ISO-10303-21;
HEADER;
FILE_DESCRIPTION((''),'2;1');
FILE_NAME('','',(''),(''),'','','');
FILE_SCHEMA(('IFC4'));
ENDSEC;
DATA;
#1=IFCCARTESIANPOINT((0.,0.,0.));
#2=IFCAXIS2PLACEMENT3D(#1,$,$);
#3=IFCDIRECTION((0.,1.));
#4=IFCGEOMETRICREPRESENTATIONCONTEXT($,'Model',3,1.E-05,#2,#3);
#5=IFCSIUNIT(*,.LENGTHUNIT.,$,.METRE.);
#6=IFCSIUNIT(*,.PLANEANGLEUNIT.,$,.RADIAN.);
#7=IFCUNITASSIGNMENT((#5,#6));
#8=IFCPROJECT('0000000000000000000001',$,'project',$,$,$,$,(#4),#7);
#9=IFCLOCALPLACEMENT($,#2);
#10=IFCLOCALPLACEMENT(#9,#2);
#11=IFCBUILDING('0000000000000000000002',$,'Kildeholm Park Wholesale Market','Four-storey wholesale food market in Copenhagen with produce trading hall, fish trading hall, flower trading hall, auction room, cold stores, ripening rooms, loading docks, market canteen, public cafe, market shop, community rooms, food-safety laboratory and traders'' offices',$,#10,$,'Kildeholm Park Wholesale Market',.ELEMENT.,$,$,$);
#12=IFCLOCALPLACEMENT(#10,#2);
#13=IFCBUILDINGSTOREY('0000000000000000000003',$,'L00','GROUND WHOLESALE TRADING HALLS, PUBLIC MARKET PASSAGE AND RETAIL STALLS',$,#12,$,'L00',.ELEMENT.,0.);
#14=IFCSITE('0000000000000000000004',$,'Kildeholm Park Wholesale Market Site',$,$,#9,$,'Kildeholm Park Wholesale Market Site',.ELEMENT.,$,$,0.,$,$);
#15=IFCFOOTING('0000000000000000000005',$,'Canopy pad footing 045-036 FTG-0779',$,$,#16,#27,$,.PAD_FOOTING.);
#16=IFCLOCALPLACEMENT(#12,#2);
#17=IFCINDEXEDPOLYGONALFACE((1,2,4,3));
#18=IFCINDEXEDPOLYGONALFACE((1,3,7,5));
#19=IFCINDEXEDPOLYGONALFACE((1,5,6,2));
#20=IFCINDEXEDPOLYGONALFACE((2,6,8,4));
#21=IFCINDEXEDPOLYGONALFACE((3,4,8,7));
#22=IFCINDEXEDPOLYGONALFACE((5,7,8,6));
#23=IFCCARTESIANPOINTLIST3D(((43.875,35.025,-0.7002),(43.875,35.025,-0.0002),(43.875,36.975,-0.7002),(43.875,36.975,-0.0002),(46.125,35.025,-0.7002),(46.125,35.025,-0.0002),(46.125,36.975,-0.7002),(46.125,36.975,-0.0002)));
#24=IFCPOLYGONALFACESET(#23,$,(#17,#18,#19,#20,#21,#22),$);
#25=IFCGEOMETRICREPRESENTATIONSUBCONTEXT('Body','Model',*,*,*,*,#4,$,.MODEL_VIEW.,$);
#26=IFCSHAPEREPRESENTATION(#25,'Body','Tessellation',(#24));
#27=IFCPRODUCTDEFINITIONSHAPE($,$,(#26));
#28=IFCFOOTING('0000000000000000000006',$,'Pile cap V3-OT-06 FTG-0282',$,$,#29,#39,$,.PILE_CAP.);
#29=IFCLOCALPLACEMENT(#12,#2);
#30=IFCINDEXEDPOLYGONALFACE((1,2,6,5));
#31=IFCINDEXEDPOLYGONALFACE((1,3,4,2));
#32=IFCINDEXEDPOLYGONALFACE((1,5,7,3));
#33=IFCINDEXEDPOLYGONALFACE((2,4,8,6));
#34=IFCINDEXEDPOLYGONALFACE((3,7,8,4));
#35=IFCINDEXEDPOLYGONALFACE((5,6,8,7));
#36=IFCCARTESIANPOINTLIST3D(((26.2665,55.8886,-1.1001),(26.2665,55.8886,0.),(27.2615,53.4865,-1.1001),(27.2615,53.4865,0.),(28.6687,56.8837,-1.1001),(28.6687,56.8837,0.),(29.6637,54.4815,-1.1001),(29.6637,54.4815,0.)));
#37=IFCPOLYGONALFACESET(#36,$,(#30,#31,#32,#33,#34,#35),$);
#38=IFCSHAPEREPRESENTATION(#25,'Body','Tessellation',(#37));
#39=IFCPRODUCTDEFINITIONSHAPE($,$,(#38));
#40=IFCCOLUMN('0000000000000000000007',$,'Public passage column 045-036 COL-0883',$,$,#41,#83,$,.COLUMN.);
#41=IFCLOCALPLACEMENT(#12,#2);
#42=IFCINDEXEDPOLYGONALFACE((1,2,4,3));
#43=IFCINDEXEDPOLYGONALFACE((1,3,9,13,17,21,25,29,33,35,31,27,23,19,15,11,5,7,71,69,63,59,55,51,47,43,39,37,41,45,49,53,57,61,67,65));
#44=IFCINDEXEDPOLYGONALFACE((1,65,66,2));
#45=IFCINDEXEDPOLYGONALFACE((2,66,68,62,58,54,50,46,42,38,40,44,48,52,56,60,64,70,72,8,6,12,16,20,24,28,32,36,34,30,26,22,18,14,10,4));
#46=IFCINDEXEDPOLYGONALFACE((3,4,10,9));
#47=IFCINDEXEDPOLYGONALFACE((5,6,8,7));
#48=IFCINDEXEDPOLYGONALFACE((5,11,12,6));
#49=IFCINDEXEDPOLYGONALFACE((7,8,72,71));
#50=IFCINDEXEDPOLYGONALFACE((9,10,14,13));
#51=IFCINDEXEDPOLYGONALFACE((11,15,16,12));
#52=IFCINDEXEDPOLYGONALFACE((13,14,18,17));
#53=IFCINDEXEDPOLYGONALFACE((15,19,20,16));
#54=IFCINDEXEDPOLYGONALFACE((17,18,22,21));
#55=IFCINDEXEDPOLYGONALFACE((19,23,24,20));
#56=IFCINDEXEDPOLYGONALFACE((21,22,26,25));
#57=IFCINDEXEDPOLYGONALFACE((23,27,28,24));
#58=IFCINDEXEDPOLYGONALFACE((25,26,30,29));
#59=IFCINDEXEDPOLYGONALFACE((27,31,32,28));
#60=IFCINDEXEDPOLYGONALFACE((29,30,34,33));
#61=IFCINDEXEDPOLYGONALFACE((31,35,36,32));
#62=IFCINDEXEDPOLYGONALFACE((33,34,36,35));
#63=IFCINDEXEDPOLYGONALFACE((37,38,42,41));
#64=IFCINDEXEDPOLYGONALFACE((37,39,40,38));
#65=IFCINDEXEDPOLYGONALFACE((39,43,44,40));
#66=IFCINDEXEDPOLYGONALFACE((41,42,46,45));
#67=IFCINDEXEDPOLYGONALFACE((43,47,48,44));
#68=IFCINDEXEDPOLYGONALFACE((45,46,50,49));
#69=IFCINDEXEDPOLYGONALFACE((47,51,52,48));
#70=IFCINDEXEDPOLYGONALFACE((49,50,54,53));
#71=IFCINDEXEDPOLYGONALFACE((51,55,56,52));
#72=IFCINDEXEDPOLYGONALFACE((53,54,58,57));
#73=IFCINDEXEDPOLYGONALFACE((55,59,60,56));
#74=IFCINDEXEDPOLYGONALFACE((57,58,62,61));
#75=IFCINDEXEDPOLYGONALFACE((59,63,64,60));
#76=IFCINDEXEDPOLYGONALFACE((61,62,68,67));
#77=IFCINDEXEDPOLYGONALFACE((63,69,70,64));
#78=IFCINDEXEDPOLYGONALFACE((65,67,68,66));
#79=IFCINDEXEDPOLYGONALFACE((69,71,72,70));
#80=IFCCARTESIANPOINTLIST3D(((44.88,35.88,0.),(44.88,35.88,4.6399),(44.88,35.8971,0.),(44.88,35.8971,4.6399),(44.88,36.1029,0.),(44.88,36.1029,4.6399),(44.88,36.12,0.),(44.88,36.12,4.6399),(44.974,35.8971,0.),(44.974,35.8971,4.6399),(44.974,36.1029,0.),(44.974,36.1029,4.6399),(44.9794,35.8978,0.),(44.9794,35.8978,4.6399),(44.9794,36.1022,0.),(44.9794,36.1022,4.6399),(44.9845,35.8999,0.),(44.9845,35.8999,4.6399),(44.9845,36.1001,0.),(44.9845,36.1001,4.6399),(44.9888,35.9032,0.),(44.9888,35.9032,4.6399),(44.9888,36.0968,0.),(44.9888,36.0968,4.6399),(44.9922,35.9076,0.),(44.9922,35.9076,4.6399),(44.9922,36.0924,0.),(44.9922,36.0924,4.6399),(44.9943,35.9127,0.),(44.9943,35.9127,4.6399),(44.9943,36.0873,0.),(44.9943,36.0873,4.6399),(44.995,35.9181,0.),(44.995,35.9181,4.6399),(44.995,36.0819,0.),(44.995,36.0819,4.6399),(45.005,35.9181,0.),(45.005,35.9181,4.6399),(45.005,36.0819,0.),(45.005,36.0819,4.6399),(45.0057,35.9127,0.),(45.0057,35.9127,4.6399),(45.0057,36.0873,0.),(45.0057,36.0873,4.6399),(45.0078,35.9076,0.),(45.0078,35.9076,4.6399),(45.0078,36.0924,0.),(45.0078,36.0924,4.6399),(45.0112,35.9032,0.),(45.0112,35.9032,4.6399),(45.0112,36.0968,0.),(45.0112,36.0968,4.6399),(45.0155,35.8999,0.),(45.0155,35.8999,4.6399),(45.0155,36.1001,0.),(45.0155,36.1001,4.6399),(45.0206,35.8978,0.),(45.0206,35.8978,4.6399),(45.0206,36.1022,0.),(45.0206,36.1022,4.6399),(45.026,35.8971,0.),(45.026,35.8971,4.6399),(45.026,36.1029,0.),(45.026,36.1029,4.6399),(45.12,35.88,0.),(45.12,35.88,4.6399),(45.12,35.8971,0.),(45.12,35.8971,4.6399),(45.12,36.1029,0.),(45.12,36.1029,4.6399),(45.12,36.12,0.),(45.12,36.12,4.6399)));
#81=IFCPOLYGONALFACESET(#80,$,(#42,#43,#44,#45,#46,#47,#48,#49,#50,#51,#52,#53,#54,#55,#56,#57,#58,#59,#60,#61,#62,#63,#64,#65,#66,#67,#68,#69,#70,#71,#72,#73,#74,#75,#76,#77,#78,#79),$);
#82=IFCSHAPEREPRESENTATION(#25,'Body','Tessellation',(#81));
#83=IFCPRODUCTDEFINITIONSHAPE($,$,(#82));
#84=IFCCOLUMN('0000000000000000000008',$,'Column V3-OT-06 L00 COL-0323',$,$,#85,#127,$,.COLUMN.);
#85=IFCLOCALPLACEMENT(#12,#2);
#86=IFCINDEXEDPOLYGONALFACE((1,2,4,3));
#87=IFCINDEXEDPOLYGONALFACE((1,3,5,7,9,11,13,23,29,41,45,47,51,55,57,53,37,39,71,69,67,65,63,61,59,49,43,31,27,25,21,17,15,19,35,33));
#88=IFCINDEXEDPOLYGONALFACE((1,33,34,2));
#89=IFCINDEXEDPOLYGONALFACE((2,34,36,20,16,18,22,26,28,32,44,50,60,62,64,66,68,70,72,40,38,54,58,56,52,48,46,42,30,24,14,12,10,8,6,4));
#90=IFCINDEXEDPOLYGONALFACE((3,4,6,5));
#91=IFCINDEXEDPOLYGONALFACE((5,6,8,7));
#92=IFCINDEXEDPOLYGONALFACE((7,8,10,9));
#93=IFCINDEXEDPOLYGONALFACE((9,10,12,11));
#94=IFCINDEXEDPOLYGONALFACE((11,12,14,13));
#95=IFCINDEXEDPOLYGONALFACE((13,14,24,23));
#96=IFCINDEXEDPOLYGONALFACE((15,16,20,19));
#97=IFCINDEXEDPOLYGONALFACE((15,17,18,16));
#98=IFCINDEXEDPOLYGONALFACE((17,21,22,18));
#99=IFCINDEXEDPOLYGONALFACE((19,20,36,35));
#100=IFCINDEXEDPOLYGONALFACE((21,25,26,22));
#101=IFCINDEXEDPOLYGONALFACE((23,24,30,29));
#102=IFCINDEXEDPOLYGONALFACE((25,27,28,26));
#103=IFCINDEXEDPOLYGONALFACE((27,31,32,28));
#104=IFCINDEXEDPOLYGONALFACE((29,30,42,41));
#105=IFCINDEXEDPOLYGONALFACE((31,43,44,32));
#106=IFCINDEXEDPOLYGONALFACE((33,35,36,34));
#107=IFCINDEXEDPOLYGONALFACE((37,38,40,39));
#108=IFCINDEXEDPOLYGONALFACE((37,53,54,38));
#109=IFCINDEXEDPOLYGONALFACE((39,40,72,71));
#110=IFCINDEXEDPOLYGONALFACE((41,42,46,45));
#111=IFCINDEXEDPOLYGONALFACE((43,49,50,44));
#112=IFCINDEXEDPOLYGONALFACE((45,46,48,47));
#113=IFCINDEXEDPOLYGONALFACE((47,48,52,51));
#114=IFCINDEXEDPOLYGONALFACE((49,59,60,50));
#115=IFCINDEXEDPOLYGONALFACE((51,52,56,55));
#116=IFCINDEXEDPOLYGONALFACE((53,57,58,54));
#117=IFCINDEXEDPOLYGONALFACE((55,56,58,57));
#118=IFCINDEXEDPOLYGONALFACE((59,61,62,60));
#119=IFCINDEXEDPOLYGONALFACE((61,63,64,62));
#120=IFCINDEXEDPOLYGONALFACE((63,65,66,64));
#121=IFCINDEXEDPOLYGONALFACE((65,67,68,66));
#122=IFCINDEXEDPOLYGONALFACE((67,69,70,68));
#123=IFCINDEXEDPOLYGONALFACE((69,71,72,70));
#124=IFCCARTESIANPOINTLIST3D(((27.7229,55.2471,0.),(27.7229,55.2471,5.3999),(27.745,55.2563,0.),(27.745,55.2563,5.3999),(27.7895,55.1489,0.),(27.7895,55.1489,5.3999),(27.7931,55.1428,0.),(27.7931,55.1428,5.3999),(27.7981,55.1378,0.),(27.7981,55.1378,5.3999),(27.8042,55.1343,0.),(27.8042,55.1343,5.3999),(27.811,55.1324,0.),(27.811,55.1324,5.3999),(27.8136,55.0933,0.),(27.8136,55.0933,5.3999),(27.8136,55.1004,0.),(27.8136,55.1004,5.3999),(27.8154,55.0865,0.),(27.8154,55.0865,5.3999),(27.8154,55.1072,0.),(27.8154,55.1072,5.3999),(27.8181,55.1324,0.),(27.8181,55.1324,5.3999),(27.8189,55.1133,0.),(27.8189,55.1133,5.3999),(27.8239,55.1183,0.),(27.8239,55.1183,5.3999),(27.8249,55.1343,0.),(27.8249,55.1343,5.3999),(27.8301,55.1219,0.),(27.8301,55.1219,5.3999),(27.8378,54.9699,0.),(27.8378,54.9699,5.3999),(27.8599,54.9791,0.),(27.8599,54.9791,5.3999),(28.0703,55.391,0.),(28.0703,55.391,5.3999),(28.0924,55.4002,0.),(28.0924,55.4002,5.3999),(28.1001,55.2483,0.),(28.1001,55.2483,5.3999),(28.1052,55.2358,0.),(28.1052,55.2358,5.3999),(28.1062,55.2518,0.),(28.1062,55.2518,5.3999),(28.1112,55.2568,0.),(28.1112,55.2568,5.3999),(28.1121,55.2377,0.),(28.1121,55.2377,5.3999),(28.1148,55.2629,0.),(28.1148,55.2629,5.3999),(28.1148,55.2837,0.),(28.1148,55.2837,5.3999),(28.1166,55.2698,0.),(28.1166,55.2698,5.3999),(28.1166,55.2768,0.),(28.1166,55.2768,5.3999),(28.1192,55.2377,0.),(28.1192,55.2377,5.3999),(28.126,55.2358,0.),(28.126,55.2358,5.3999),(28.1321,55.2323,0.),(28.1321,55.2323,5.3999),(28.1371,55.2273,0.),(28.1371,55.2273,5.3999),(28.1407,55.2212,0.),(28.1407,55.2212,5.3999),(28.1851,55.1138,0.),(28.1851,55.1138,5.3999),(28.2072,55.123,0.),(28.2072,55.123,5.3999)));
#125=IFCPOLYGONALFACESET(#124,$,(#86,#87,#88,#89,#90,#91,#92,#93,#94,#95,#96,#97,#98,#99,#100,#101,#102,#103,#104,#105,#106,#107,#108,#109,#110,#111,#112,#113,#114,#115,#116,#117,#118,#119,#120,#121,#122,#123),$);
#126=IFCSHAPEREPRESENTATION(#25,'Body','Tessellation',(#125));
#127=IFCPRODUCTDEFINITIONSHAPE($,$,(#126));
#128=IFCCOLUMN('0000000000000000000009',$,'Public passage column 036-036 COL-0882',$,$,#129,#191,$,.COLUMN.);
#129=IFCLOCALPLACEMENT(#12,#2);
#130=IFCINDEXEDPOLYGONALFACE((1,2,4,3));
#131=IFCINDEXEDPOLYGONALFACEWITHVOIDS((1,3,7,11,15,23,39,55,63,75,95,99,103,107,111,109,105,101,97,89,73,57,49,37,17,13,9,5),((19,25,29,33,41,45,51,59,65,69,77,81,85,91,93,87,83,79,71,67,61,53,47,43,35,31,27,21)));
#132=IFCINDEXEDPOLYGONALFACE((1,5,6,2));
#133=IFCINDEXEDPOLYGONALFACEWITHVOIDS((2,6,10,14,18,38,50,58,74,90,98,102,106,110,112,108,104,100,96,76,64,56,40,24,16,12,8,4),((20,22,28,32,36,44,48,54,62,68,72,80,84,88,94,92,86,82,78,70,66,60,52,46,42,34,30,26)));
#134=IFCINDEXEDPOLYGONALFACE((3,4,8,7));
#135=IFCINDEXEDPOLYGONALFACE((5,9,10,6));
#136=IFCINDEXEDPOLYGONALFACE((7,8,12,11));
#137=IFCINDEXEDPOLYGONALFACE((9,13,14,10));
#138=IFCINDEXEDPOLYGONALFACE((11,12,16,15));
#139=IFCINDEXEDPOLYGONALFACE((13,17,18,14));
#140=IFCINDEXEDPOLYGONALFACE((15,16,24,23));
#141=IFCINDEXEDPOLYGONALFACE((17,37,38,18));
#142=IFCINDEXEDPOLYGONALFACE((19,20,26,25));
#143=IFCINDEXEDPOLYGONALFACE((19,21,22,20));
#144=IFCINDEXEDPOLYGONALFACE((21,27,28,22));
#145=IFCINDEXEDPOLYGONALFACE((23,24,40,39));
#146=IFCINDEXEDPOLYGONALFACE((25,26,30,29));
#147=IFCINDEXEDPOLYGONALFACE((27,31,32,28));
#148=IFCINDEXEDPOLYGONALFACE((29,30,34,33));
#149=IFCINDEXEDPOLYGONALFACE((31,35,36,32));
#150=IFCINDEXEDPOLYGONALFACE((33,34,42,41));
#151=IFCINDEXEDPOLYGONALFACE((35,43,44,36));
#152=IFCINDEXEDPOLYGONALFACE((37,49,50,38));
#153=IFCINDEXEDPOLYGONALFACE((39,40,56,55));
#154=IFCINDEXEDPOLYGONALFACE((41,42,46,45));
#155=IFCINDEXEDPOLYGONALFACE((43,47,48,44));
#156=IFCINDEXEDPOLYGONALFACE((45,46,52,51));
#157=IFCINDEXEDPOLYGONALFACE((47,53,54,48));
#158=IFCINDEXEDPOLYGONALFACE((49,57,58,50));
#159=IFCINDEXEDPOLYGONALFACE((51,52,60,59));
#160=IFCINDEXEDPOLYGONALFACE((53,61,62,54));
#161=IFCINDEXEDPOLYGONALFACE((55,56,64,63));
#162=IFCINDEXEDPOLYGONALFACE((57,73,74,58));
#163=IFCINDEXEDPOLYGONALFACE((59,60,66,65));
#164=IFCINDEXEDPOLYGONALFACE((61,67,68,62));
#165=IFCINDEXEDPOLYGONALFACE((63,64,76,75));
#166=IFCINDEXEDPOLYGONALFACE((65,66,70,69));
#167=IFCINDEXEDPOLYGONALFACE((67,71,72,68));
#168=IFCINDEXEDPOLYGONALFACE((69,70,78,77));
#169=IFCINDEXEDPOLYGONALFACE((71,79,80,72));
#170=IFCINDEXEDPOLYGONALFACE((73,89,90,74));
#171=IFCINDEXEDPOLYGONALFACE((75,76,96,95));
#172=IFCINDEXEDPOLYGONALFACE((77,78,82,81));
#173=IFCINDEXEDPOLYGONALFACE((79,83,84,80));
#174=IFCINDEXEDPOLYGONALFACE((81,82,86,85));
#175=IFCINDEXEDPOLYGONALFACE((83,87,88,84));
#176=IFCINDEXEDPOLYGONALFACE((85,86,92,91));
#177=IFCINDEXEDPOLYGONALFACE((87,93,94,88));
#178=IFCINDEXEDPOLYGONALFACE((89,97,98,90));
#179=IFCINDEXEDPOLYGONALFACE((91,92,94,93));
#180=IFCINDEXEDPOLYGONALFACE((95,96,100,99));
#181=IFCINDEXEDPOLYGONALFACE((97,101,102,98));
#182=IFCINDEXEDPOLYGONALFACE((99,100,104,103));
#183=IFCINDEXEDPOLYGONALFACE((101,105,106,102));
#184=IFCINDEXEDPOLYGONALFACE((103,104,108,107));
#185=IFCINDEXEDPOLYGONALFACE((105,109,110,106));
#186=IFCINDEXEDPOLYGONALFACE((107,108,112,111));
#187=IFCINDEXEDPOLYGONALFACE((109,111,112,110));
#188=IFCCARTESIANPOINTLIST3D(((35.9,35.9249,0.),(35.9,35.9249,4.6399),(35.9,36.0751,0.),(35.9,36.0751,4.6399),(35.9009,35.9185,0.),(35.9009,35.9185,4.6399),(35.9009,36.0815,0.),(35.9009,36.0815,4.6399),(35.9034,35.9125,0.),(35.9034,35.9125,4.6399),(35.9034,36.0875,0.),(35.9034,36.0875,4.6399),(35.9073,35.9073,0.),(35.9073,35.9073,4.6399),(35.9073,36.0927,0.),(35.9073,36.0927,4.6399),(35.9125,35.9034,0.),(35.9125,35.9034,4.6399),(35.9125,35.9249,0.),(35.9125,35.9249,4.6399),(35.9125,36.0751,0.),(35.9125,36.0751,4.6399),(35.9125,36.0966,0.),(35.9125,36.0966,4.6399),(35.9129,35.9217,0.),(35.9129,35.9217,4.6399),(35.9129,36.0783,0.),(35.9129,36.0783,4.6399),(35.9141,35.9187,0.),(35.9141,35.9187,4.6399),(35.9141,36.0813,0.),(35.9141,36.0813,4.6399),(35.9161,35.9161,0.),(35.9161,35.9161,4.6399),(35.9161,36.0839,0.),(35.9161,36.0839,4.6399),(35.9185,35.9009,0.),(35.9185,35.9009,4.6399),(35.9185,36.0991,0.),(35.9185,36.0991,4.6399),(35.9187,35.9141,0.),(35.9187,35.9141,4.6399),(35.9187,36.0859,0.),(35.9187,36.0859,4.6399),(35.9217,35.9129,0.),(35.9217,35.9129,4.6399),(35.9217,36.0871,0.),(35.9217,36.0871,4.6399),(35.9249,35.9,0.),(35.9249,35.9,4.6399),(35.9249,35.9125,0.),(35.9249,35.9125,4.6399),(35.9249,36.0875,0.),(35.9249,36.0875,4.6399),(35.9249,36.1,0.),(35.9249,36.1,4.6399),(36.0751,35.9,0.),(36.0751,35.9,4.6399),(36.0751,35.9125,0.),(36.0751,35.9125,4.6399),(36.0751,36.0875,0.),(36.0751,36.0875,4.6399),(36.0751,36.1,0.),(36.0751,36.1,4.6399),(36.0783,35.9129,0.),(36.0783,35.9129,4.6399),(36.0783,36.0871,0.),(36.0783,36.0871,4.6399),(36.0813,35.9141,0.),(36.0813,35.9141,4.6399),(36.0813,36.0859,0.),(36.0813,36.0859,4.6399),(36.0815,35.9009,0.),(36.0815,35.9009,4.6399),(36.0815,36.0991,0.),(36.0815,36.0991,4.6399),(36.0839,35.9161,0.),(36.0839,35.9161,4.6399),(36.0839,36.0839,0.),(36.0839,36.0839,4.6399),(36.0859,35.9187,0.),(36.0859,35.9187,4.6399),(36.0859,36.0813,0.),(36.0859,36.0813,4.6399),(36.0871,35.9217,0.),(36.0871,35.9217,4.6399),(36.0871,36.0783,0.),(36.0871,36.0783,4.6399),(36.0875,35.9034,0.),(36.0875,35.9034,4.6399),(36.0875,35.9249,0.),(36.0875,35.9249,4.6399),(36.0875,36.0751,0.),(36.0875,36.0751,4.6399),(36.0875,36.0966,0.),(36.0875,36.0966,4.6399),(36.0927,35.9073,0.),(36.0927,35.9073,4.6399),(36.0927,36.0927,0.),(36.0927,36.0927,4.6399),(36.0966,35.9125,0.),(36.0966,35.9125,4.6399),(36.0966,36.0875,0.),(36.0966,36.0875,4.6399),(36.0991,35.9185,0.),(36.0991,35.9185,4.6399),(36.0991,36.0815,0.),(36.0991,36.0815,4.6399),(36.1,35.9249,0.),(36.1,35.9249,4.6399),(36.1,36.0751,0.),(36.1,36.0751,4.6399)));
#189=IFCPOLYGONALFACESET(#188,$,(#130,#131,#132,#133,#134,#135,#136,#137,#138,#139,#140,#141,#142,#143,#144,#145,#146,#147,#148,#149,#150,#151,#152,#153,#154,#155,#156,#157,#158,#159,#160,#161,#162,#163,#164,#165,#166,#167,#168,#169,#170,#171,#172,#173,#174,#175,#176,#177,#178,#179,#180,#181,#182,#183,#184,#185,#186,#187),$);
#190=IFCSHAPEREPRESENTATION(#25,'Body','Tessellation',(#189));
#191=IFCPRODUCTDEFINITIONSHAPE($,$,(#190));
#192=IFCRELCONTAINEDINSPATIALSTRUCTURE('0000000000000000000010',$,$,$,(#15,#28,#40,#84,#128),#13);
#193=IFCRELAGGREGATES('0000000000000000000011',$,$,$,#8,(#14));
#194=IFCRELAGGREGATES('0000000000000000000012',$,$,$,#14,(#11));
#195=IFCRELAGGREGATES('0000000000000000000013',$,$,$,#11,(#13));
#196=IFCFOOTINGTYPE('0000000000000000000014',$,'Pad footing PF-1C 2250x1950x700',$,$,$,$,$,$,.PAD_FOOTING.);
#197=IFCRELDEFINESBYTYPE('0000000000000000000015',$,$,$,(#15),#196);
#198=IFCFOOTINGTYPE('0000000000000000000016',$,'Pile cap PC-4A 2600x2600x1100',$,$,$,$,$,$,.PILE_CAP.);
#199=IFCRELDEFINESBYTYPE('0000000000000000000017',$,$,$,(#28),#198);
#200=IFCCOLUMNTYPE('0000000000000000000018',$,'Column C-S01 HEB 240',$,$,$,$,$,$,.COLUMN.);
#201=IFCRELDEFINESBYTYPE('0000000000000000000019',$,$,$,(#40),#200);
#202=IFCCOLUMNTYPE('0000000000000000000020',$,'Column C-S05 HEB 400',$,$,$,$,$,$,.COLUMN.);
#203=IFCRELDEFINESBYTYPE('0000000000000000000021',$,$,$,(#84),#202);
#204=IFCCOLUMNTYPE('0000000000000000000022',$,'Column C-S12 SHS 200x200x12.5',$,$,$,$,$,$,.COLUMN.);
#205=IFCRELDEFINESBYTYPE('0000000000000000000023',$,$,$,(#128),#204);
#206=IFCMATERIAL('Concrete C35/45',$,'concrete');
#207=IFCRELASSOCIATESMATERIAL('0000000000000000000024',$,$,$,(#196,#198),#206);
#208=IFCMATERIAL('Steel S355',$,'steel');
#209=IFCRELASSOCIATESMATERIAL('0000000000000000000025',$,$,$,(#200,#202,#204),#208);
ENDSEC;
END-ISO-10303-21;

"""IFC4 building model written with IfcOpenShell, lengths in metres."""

from ifc_helpers import new_model, si_unit, direction, frame, origin, origin_2d, place, context, subcontext, project, spatial, rectangle, hollow_rectangle, i_section, extrude, material, material_profile, profile_set, type_object, element, save


model = new_model("IFC4")

# Units and contexts
model_context = context("Model", 3, precision=1e-05, world=origin(), true_north=direction((0.0, 1.0)))
body_context = subcontext(model_context, "Body", "Model", "MODEL_VIEW")
ifc_project = project(units=[si_unit("LENGTHUNIT", "METRE"), si_unit("PLANEANGLEUNIT", "RADIAN")], contexts=[model_context])

# Site, building, storey
site_placement = place(None, origin())
site = spatial("IfcSite", under=ifc_project, at=site_placement, Name="Kildeholm Park Wholesale Market Site", LongName="Kildeholm Park Wholesale Market Site", CompositionType="ELEMENT", RefElevation=0.0)
building_placement = place(site_placement, origin())
building = spatial("IfcBuilding", under=site, at=building_placement, Name="Kildeholm Park Wholesale Market", Description="Four-storey wholesale food market in Copenhagen with produce trading hall, fish trading hall, flower trading hall, auction room, cold stores, ripening rooms, loading docks, market canteen, public cafe, market shop, community rooms, food-safety laboratory and traders' offices", LongName="Kildeholm Park Wholesale Market", CompositionType="ELEMENT")
storey_placement = place(building_placement, origin())
storey = spatial("IfcBuildingStorey", under=building, at=storey_placement, Name="L00", Description="GROUND WHOLESALE TRADING HALLS, PUBLIC MARKET PASSAGE AND RETAIL STALLS", LongName="L00", CompositionType="ELEMENT", Elevation=0.0)

# Shared definitions
ifc_material_1 = material(Name="Concrete C35/45", Category="concrete")

# Footings
footing_type_1 = type_object("IfcFootingType", Name="Pad footing PF-1C 2250x1950x700", PredefinedType="PAD_FOOTING", material=ifc_material_1)
footing_1_placement = place(storey_placement, frame((45.0, 36.0, -0.7002), z_axis=(0.0, 0.0, 1.0), x_axis=(1.0, 0.0, 0.0)))
element("IfcFooting", 1, at=footing_1_placement, inside=storey, type_object=footing_type_1, Name="Canopy pad footing 045-036 FTG-0779", PredefinedType="PAD_FOOTING", context=body_context, shape_type="SweptSolid", body=[
    extrude(rectangle(XDim=2.25, YDim=1.95, at=origin_2d()), origin(), (0.0, 0.0, 1.0), 0.7),
])
footing_type_2 = type_object("IfcFootingType", Name="Pile cap PC-4A 2600x2600x1100", PredefinedType="PILE_CAP", material=ifc_material_1)
footing_2_placement = place(storey_placement, frame((27.9651, 55.1851, -1.1001), z_axis=(0.0, 0.0, 1.0), x_axis=(0.382683, -0.92388, 0.0)))
element("IfcFooting", 2, at=footing_2_placement, inside=storey, type_object=footing_type_2, Name="Pile cap V3-OT-06 FTG-0282", PredefinedType="PILE_CAP", context=body_context, shape_type="SweptSolid", body=[
    extrude(rectangle(XDim=2.6001, YDim=2.6001, at=origin_2d()), origin(), (0.0, 0.0, 1.0), 1.1001),
])

# Columns
ifc_material_2 = material(Name="Steel S355", Category="steel")
ifc_material_profile_1 = material_profile(ifc_material_2, i_section(OverallWidth=0.24, OverallDepth=0.24, WebThickness=0.01, FlangeThickness=0.0171, FilletRadius=0.021, at=origin_2d()), Name="HEB 240")
ifc_profile_set_1 = profile_set([ifc_material_profile_1], Name="Steel S355")
column_type_1 = type_object("IfcColumnType", Name="Column C-S01 HEB 240", PredefinedType="COLUMN", material=ifc_profile_set_1)
column_1_placement = place(storey_placement, frame((45.0, 36.0, 0.0), z_axis=(0.0, 0.0, 1.0), x_axis=(1.0, 0.0, 0.0)))
element("IfcColumn", 3, at=column_1_placement, inside=storey, type_object=column_type_1, Name="Public passage column 045-036 COL-0883", PredefinedType="COLUMN", context=body_context, shape_type="SweptSolid", body=[
    extrude(i_section(OverallWidth=0.24, OverallDepth=0.24, WebThickness=0.01, FlangeThickness=0.0171, FilletRadius=0.021, at=origin_2d()), origin(), (0.0, 0.0, 1.0), 4.6399),
])
ifc_material_profile_2 = material_profile(ifc_material_2, i_section(OverallWidth=0.3, OverallDepth=0.3999, WebThickness=0.0134, FlangeThickness=0.0239, FilletRadius=0.0271, at=origin_2d()), Name="HEB 400")
ifc_profile_set_2 = profile_set([ifc_material_profile_2], Name="Steel S355")
column_type_2 = type_object("IfcColumnType", Name="Column C-S05 HEB 400", PredefinedType="COLUMN", material=ifc_profile_set_2)
column_2_placement = place(storey_placement, frame((27.9651, 55.1851, 0.0), z_axis=(0.0, 0.0, 1.0), x_axis=(0.382683, -0.92388, 0.0)))
element("IfcColumn", 4, at=column_2_placement, inside=storey, type_object=column_type_2, Name="Column V3-OT-06 L00 COL-0323", PredefinedType="COLUMN", context=body_context, shape_type="SweptSolid", body=[
    extrude(i_section(OverallWidth=0.3, OverallDepth=0.3999, WebThickness=0.0134, FlangeThickness=0.0239, FilletRadius=0.0271, at=origin_2d()), origin(), (0.0, 0.0, 1.0), 5.3999),
])
ifc_material_profile_3 = material_profile(ifc_material_2, hollow_rectangle(XDim=0.2, YDim=0.2, WallThickness=0.0125, InnerFilletRadius=0.0125, OuterFilletRadius=0.0249, at=origin_2d()), Name="SHS 200x200x12.5")
ifc_profile_set_3 = profile_set([ifc_material_profile_3], Name="Steel S355")
column_type_3 = type_object("IfcColumnType", Name="Column C-S12 SHS 200x200x12.5", PredefinedType="COLUMN", material=ifc_profile_set_3)
for number, where, z_axis, x_axis, name in (
    (5, (36.0, 36.0, 0.0), (0.0, 0.0, 1.0), (1.0, 0.0, 0.0), "Public passage column 036-036 COL-0882"),
):
    element("IfcColumn", number, at=place(storey_placement, frame(where, z_axis=z_axis, x_axis=x_axis)), inside=storey, type_object=column_type_3, Name=name, PredefinedType="COLUMN", context=body_context, shape_type="SweptSolid", body=[
        extrude(hollow_rectangle(XDim=0.2, YDim=0.2, WallThickness=0.0125, InnerFilletRadius=0.0125, OuterFilletRadius=0.0249, at=origin_2d()), origin(), (0.0, 0.0, 1.0), 4.6399),
    ])

save(model, "model.ifc")
